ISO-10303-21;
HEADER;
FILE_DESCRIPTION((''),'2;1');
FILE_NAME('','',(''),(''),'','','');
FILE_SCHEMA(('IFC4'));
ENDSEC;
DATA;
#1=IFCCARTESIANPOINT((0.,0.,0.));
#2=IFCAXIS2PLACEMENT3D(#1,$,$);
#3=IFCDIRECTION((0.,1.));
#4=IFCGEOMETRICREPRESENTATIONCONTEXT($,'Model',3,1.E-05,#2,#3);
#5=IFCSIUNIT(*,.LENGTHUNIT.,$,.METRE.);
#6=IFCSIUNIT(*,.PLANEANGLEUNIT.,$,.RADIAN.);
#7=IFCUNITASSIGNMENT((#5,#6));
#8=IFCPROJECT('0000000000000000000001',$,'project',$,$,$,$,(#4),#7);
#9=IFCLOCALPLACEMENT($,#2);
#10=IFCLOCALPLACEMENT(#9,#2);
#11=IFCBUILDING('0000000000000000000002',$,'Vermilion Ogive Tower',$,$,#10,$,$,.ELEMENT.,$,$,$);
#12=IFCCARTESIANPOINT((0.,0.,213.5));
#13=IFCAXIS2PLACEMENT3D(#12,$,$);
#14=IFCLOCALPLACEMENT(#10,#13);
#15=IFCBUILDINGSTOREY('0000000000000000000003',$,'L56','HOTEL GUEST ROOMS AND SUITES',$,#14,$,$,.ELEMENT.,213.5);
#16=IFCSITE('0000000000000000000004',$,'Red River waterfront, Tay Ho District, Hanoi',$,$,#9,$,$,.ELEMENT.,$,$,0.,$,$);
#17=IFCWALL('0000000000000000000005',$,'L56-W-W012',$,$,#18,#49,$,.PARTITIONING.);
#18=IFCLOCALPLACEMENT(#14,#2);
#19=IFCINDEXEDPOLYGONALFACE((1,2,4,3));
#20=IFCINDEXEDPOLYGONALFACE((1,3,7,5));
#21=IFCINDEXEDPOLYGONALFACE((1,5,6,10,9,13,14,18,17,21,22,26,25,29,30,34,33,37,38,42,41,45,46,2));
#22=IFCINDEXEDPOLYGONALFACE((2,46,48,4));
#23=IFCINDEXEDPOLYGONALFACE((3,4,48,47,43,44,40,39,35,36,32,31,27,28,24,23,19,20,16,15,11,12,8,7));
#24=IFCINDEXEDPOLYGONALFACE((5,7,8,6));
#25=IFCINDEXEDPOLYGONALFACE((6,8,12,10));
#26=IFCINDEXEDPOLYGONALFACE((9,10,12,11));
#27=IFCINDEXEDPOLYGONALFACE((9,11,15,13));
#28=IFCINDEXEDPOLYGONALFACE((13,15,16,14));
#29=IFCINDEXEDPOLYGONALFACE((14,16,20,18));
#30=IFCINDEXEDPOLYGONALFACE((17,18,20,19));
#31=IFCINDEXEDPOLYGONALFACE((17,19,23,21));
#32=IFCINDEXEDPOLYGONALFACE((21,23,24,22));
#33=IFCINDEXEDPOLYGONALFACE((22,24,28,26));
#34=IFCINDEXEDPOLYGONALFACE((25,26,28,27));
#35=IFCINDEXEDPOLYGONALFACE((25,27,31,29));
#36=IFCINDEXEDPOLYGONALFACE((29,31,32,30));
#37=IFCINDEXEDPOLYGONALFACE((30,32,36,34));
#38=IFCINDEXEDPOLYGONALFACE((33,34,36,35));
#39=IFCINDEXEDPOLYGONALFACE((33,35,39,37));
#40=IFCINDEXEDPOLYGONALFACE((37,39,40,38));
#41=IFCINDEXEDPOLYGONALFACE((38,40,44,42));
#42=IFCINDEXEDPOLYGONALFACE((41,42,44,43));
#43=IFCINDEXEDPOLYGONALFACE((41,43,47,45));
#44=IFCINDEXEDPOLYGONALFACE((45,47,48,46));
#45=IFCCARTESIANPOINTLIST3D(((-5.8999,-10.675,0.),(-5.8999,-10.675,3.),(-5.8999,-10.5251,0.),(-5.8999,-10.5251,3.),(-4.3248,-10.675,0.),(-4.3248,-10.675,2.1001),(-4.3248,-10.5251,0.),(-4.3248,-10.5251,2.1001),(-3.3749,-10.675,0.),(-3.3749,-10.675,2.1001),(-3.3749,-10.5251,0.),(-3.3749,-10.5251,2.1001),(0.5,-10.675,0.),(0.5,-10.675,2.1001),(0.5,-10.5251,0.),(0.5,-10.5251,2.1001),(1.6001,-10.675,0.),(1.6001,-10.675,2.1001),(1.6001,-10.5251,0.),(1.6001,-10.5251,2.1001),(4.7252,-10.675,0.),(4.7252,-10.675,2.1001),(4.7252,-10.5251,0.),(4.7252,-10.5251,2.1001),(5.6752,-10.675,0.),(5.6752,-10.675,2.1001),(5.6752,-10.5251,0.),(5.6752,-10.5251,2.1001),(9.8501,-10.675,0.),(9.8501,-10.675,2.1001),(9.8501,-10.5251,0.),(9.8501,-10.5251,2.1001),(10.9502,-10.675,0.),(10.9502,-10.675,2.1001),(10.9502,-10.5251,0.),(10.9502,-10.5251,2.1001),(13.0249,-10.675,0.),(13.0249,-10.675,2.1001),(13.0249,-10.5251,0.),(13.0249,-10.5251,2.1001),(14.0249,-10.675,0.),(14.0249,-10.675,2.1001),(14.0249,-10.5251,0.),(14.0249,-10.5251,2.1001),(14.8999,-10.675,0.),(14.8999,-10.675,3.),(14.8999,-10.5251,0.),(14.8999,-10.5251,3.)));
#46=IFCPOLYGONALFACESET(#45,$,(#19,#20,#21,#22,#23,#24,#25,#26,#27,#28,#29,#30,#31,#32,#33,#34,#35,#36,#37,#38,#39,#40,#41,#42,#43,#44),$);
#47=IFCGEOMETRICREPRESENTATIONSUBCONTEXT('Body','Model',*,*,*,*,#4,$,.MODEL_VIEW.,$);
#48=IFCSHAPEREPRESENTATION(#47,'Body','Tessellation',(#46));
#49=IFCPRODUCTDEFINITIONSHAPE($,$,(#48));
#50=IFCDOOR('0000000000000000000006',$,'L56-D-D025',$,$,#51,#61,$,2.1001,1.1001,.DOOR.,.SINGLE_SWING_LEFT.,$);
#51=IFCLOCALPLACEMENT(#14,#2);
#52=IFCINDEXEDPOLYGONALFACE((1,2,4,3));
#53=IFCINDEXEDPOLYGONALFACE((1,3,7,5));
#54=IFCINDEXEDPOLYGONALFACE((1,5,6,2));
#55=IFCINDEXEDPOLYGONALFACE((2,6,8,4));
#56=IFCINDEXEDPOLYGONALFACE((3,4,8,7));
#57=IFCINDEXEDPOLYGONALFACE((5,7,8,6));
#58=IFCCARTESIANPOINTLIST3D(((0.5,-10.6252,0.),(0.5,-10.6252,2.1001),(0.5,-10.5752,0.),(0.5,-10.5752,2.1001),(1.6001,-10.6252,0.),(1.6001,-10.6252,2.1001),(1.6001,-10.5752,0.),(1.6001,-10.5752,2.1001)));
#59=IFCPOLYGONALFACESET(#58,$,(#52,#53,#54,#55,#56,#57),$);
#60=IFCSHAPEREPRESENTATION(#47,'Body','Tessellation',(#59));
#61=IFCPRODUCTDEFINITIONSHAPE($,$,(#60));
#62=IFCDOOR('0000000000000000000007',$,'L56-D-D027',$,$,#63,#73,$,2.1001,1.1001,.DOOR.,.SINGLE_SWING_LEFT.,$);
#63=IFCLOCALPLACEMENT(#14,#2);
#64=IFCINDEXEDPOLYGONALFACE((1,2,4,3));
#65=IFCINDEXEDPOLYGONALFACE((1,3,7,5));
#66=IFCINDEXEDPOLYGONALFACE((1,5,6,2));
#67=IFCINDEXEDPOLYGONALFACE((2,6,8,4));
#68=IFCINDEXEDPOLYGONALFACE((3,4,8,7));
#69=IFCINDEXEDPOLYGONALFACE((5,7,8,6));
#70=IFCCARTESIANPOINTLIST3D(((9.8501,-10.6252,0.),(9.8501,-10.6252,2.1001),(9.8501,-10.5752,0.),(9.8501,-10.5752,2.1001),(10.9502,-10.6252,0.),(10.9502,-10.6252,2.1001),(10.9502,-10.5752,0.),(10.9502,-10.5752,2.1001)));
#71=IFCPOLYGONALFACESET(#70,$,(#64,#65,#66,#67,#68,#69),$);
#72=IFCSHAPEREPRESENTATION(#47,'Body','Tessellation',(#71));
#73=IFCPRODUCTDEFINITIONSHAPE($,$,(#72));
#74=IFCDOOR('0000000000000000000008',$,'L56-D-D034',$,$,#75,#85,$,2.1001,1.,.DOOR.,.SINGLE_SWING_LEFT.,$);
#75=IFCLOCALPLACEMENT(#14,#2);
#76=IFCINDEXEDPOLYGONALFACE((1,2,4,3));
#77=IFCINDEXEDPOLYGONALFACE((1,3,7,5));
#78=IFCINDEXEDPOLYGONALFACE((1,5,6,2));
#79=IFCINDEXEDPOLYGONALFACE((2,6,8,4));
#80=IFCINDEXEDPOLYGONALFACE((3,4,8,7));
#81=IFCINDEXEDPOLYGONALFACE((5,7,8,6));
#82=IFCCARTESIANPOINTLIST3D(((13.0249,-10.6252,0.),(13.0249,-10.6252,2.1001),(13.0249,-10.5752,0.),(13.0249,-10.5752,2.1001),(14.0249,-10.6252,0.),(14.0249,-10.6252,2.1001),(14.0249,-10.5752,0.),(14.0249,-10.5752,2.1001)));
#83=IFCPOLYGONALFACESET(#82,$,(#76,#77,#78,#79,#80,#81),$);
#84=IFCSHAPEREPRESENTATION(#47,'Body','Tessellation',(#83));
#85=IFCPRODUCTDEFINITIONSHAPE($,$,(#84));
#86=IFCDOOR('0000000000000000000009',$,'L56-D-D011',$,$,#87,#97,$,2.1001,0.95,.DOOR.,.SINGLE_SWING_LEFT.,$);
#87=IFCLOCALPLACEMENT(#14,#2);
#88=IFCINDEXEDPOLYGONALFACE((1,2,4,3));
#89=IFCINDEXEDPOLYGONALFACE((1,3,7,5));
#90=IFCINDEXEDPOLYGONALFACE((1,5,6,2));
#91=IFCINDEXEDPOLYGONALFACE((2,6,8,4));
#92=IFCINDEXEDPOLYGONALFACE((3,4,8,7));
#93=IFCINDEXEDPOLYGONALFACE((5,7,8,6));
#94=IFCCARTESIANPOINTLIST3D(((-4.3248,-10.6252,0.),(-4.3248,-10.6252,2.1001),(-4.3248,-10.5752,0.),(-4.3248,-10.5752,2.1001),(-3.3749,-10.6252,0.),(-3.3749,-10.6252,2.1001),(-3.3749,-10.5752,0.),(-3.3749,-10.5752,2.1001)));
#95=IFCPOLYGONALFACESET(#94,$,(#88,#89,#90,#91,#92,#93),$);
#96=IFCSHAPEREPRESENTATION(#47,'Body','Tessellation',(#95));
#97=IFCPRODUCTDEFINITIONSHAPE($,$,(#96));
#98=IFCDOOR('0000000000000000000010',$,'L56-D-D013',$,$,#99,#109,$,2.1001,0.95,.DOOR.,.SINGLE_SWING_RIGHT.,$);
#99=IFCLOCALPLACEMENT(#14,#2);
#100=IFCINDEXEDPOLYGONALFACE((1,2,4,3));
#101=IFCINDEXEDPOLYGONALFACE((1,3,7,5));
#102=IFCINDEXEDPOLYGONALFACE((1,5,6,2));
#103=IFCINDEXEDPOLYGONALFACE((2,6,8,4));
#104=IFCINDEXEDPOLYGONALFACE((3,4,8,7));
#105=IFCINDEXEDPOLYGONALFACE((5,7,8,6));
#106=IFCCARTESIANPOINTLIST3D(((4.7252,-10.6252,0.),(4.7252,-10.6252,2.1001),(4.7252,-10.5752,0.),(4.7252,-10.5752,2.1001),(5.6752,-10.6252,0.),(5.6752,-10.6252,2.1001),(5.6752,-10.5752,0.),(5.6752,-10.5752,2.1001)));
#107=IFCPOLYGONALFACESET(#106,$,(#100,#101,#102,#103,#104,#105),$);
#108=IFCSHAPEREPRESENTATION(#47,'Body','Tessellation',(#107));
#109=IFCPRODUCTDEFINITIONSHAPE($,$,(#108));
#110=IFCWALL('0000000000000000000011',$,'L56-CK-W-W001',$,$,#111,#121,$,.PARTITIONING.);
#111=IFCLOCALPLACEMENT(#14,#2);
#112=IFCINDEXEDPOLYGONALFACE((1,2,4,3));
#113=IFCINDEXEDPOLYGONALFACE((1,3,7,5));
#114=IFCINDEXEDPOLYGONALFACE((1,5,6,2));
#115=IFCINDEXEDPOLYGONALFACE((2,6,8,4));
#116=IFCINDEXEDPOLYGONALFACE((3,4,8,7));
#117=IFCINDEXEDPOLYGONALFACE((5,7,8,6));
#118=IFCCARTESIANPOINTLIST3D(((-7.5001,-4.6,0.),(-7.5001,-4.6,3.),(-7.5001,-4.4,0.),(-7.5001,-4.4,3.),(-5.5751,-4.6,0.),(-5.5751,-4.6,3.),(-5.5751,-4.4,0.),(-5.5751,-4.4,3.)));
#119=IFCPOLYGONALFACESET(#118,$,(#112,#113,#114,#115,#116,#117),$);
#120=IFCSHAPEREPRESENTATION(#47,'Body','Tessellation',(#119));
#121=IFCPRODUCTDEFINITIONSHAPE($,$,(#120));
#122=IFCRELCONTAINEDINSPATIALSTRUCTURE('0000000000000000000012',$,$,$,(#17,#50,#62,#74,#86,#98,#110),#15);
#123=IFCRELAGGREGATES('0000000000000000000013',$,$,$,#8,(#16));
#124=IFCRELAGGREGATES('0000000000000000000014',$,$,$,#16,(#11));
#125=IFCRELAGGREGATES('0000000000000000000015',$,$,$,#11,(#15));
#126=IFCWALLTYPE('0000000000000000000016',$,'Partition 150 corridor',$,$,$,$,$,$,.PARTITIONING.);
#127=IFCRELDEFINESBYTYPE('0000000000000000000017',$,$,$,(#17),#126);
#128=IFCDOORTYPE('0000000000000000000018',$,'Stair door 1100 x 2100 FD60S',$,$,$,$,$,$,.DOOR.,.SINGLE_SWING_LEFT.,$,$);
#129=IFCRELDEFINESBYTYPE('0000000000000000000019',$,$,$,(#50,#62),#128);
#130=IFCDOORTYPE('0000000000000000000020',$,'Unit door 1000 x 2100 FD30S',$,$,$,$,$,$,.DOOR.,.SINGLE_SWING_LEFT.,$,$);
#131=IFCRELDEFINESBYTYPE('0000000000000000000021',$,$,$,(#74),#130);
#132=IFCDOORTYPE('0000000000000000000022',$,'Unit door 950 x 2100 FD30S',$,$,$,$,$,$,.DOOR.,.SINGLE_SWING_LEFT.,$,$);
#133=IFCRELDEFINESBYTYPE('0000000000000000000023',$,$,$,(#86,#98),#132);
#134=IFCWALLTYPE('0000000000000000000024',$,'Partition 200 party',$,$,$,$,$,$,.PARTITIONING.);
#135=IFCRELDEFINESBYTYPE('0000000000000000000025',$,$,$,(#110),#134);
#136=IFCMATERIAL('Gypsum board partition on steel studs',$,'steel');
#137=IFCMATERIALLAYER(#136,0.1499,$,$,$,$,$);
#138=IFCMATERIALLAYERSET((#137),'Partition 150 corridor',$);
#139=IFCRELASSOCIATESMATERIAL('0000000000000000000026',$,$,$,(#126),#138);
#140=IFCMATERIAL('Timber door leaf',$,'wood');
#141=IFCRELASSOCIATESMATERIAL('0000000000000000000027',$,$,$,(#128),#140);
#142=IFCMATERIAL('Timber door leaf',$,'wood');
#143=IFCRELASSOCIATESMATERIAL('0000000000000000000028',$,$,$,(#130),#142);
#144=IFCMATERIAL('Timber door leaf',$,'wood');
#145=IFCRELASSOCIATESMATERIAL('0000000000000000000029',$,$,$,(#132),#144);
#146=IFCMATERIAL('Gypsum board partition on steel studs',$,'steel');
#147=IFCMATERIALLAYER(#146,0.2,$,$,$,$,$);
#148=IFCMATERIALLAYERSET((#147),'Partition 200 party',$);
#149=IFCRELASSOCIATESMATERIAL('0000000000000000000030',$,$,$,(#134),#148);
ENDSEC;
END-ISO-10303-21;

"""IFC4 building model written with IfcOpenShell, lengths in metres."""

from ifc_helpers import new_model, si_unit, direction, frame, frame_2d, origin, place, context, subcontext, project, spatial, rectangle, extrude, material, layer, layer_set, type_object, element, fill, save


model = new_model("IFC4")

# Units and contexts
model_context = context("Model", 3, precision=1e-05, world=origin(), true_north=direction((0.0, 1.0)))
body_context = subcontext(model_context, "Body", "Model", "MODEL_VIEW")
ifc_project = project(units=[si_unit("LENGTHUNIT", "METRE"), si_unit("PLANEANGLEUNIT", "RADIAN")], contexts=[model_context])

# Site, building, storey
site_placement = place(None, origin())
site = spatial("IfcSite", under=ifc_project, at=site_placement, Name="Red River waterfront, Tay Ho District, Hanoi", CompositionType="ELEMENT", RefElevation=0.0)
building_placement = place(site_placement, origin())
building = spatial("IfcBuilding", under=site, at=building_placement, Name="Vermilion Ogive Tower", CompositionType="ELEMENT")
storey_placement = place(building_placement, frame((0.0, 0.0, 213.5)))
storey = spatial("IfcBuildingStorey", under=building, at=storey_placement, Name="L56", Description="HOTEL GUEST ROOMS AND SUITES", CompositionType="ELEMENT", Elevation=213.5)

# Wall, openings, doors
ifc_material_1 = material(Name="Gypsum board partition on steel studs", Category="steel")
ifc_layer_1 = layer(ifc_material_1, 0.1499)
ifc_layer_set_1 = layer_set([ifc_layer_1], Name="Partition 150 corridor")
wall_type_1 = type_object("IfcWallType", Name="Partition 150 corridor", PredefinedType="PARTITIONING", material=ifc_layer_set_1)
wall_1_placement = place(storey_placement, frame((-5.8999, -10.6001, 0.0), z_axis=(0.0, 0.0, 1.0), x_axis=(1.0, 0.0, 0.0)))
wall_1 = element("IfcWall", 1, at=wall_1_placement, inside=storey, type_object=wall_type_1, Name="L56-W-W012", PredefinedType="PARTITIONING", context=body_context, shape_type="SweptSolid", body=[
    extrude(rectangle(XDim=20.7998, YDim=0.1499, at=frame_2d((10.3999, 0.0))), origin(), (0.0, 0.0, 1.0), 3.0),
])
opening_1_placement = place(wall_1_placement, frame((1.575, 0.0, 0.0)))
opening_1 = element("IfcOpeningElement", 2, at=opening_1_placement, cuts=wall_1, PredefinedType="OPENING", context=body_context, shape_type="SweptSolid", body=[
    extrude(rectangle(XDim=0.95, YDim=2.1001, at=frame_2d((0.4751, 1.05))), frame((0.0, 0.085, 0.0), z_axis=(0.0, -1.0, 0.0), x_axis=(1.0, 0.0, 0.0)), (0.0, 0.0, 1.0), 0.1699),
])
opening_2_placement = place(wall_1_placement, frame((10.625, 0.0, 0.0)))
opening_2 = element("IfcOpeningElement", 3, at=opening_2_placement, cuts=wall_1, PredefinedType="OPENING", context=body_context, shape_type="SweptSolid", body=[
    extrude(rectangle(XDim=0.95, YDim=2.1001, at=frame_2d((0.4751, 1.05))), frame((0.0, 0.085, 0.0), z_axis=(0.0, -1.0, 0.0), x_axis=(1.0, 0.0, 0.0)), (0.0, 0.0, 1.0), 0.1699),
])
opening_3_placement = place(wall_1_placement, frame((6.3999, 0.0, 0.0)))
opening_3 = element("IfcOpeningElement", 4, at=opening_3_placement, cuts=wall_1, PredefinedType="OPENING", context=body_context, shape_type="SweptSolid", body=[
    extrude(rectangle(XDim=1.1001, YDim=2.1001, at=frame_2d((0.55, 1.05))), frame((0.0, 0.085, 0.0), z_axis=(0.0, -1.0, 0.0), x_axis=(1.0, 0.0, 0.0)), (0.0, 0.0, 1.0), 0.1699),
])
opening_4_placement = place(wall_1_placement, frame((15.75, 0.0, 0.0)))
opening_4 = element("IfcOpeningElement", 5, at=opening_4_placement, cuts=wall_1, PredefinedType="OPENING", context=body_context, shape_type="SweptSolid", body=[
    extrude(rectangle(XDim=1.1001, YDim=2.1001, at=frame_2d((0.55, 1.05))), frame((0.0, 0.085, 0.0), z_axis=(0.0, -1.0, 0.0), x_axis=(1.0, 0.0, 0.0)), (0.0, 0.0, 1.0), 0.1699),
])
opening_5_placement = place(wall_1_placement, frame((18.9248, 0.0, 0.0)))
opening_5 = element("IfcOpeningElement", 6, at=opening_5_placement, cuts=wall_1, PredefinedType="OPENING", context=body_context, shape_type="SweptSolid", body=[
    extrude(rectangle(XDim=1.0, YDim=2.1001, at=frame_2d((0.5, 1.05))), frame((0.0, 0.085, 0.0), z_axis=(0.0, -1.0, 0.0), x_axis=(1.0, 0.0, 0.0)), (0.0, 0.0, 1.0), 0.1699),
])
ifc_material_2 = material(Name="Timber door leaf", Category="wood")
door_type_1 = type_object("IfcDoorType", Name="Stair door 1100 x 2100 FD60S", OperationType="SINGLE_SWING_LEFT", PredefinedType="DOOR", material=ifc_material_2)
door_1_placement = place(opening_3_placement, origin())
door_1 = element("IfcDoor", 7, at=door_1_placement, inside=storey, type_object=door_type_1, Name="L56-D-D025", OperationType="SINGLE_SWING_LEFT", OverallHeight=2.1001, OverallWidth=1.1001, PredefinedType="DOOR", context=body_context, shape_type="SweptSolid", body=[
    extrude(rectangle(XDim=1.1001, YDim=2.1001, at=frame_2d((0.55, 1.05))), frame((0.0, 0.0249, 0.0), z_axis=(0.0, -1.0, 0.0), x_axis=(1.0, 0.0, 0.0)), (0.0, 0.0, 1.0), 0.05),
])
fill(opening_3, door_1)
door_2_placement = place(opening_4_placement, origin())
door_2 = element("IfcDoor", 8, at=door_2_placement, inside=storey, type_object=door_type_1, Name="L56-D-D027", OperationType="SINGLE_SWING_LEFT", OverallHeight=2.1001, OverallWidth=1.1001, PredefinedType="DOOR", context=body_context, shape_type="SweptSolid", body=[
    extrude(rectangle(XDim=1.1001, YDim=2.1001, at=frame_2d((0.55, 1.05))), frame((0.0, 0.0249, 0.0), z_axis=(0.0, -1.0, 0.0), x_axis=(1.0, 0.0, 0.0)), (0.0, 0.0, 1.0), 0.05),
])
fill(opening_4, door_2)
ifc_material_3 = material(Name="Timber door leaf", Category="wood")
door_type_2 = type_object("IfcDoorType", Name="Unit door 1000 x 2100 FD30S", OperationType="SINGLE_SWING_LEFT", PredefinedType="DOOR", material=ifc_material_3)
door_3_placement = place(opening_5_placement, origin())
door_3 = element("IfcDoor", 9, at=door_3_placement, inside=storey, type_object=door_type_2, Name="L56-D-D034", OperationType="SINGLE_SWING_LEFT", OverallHeight=2.1001, OverallWidth=1.0, PredefinedType="DOOR", context=body_context, shape_type="SweptSolid", body=[
    extrude(rectangle(XDim=1.0, YDim=2.1001, at=frame_2d((0.5, 1.05))), frame((0.0, 0.0249, 0.0), z_axis=(0.0, -1.0, 0.0), x_axis=(1.0, 0.0, 0.0)), (0.0, 0.0, 1.0), 0.05),
])
fill(opening_5, door_3)
ifc_material_4 = material(Name="Timber door leaf", Category="wood")
door_type_3 = type_object("IfcDoorType", Name="Unit door 950 x 2100 FD30S", OperationType="SINGLE_SWING_LEFT", PredefinedType="DOOR", material=ifc_material_4)
door_4_placement = place(opening_1_placement, origin())
door_4 = element("IfcDoor", 10, at=door_4_placement, inside=storey, type_object=door_type_3, Name="L56-D-D011", OperationType="SINGLE_SWING_LEFT", OverallHeight=2.1001, OverallWidth=0.95, PredefinedType="DOOR", context=body_context, shape_type="SweptSolid", body=[
    extrude(rectangle(XDim=0.95, YDim=2.1001, at=frame_2d((0.4751, 1.05))), frame((0.0, 0.0249, 0.0), z_axis=(0.0, -1.0, 0.0), x_axis=(1.0, 0.0, 0.0)), (0.0, 0.0, 1.0), 0.05),
])
fill(opening_1, door_4)
door_5_placement = place(opening_2_placement, origin())
door_5 = element("IfcDoor", 11, at=door_5_placement, inside=storey, type_object=door_type_3, Name="L56-D-D013", OperationType="SINGLE_SWING_RIGHT", OverallHeight=2.1001, OverallWidth=0.95, PredefinedType="DOOR", context=body_context, shape_type="SweptSolid", body=[
    extrude(rectangle(XDim=0.95, YDim=2.1001, at=frame_2d((0.4751, 1.05))), frame((0.0, 0.0249, 0.0), z_axis=(0.0, -1.0, 0.0), x_axis=(1.0, 0.0, 0.0)), (0.0, 0.0, 1.0), 0.05),
])
fill(opening_2, door_5)

# Wall
ifc_material_5 = material(Name="Gypsum board partition on steel studs", Category="steel")
ifc_layer_2 = layer(ifc_material_5, 0.2)
ifc_layer_set_2 = layer_set([ifc_layer_2], Name="Partition 200 party")
wall_type_2 = type_object("IfcWallType", Name="Partition 200 party", PredefinedType="PARTITIONING", material=ifc_layer_set_2)
wall_2_placement = place(storey_placement, frame((-7.5, -4.5, 0.0), z_axis=(0.0, 0.0, 1.0), x_axis=(1.0, 0.0, 0.0)))
element("IfcWall", 12, at=wall_2_placement, inside=storey, type_object=wall_type_2, Name="L56-CK-W-W001", PredefinedType="PARTITIONING", context=body_context, shape_type="SweptSolid", body=[
    extrude(rectangle(XDim=1.925, YDim=0.2, at=frame_2d((0.9624, 0.0))), origin(), (0.0, 0.0, 1.0), 3.0),
])

save(model, "model.ifc")
